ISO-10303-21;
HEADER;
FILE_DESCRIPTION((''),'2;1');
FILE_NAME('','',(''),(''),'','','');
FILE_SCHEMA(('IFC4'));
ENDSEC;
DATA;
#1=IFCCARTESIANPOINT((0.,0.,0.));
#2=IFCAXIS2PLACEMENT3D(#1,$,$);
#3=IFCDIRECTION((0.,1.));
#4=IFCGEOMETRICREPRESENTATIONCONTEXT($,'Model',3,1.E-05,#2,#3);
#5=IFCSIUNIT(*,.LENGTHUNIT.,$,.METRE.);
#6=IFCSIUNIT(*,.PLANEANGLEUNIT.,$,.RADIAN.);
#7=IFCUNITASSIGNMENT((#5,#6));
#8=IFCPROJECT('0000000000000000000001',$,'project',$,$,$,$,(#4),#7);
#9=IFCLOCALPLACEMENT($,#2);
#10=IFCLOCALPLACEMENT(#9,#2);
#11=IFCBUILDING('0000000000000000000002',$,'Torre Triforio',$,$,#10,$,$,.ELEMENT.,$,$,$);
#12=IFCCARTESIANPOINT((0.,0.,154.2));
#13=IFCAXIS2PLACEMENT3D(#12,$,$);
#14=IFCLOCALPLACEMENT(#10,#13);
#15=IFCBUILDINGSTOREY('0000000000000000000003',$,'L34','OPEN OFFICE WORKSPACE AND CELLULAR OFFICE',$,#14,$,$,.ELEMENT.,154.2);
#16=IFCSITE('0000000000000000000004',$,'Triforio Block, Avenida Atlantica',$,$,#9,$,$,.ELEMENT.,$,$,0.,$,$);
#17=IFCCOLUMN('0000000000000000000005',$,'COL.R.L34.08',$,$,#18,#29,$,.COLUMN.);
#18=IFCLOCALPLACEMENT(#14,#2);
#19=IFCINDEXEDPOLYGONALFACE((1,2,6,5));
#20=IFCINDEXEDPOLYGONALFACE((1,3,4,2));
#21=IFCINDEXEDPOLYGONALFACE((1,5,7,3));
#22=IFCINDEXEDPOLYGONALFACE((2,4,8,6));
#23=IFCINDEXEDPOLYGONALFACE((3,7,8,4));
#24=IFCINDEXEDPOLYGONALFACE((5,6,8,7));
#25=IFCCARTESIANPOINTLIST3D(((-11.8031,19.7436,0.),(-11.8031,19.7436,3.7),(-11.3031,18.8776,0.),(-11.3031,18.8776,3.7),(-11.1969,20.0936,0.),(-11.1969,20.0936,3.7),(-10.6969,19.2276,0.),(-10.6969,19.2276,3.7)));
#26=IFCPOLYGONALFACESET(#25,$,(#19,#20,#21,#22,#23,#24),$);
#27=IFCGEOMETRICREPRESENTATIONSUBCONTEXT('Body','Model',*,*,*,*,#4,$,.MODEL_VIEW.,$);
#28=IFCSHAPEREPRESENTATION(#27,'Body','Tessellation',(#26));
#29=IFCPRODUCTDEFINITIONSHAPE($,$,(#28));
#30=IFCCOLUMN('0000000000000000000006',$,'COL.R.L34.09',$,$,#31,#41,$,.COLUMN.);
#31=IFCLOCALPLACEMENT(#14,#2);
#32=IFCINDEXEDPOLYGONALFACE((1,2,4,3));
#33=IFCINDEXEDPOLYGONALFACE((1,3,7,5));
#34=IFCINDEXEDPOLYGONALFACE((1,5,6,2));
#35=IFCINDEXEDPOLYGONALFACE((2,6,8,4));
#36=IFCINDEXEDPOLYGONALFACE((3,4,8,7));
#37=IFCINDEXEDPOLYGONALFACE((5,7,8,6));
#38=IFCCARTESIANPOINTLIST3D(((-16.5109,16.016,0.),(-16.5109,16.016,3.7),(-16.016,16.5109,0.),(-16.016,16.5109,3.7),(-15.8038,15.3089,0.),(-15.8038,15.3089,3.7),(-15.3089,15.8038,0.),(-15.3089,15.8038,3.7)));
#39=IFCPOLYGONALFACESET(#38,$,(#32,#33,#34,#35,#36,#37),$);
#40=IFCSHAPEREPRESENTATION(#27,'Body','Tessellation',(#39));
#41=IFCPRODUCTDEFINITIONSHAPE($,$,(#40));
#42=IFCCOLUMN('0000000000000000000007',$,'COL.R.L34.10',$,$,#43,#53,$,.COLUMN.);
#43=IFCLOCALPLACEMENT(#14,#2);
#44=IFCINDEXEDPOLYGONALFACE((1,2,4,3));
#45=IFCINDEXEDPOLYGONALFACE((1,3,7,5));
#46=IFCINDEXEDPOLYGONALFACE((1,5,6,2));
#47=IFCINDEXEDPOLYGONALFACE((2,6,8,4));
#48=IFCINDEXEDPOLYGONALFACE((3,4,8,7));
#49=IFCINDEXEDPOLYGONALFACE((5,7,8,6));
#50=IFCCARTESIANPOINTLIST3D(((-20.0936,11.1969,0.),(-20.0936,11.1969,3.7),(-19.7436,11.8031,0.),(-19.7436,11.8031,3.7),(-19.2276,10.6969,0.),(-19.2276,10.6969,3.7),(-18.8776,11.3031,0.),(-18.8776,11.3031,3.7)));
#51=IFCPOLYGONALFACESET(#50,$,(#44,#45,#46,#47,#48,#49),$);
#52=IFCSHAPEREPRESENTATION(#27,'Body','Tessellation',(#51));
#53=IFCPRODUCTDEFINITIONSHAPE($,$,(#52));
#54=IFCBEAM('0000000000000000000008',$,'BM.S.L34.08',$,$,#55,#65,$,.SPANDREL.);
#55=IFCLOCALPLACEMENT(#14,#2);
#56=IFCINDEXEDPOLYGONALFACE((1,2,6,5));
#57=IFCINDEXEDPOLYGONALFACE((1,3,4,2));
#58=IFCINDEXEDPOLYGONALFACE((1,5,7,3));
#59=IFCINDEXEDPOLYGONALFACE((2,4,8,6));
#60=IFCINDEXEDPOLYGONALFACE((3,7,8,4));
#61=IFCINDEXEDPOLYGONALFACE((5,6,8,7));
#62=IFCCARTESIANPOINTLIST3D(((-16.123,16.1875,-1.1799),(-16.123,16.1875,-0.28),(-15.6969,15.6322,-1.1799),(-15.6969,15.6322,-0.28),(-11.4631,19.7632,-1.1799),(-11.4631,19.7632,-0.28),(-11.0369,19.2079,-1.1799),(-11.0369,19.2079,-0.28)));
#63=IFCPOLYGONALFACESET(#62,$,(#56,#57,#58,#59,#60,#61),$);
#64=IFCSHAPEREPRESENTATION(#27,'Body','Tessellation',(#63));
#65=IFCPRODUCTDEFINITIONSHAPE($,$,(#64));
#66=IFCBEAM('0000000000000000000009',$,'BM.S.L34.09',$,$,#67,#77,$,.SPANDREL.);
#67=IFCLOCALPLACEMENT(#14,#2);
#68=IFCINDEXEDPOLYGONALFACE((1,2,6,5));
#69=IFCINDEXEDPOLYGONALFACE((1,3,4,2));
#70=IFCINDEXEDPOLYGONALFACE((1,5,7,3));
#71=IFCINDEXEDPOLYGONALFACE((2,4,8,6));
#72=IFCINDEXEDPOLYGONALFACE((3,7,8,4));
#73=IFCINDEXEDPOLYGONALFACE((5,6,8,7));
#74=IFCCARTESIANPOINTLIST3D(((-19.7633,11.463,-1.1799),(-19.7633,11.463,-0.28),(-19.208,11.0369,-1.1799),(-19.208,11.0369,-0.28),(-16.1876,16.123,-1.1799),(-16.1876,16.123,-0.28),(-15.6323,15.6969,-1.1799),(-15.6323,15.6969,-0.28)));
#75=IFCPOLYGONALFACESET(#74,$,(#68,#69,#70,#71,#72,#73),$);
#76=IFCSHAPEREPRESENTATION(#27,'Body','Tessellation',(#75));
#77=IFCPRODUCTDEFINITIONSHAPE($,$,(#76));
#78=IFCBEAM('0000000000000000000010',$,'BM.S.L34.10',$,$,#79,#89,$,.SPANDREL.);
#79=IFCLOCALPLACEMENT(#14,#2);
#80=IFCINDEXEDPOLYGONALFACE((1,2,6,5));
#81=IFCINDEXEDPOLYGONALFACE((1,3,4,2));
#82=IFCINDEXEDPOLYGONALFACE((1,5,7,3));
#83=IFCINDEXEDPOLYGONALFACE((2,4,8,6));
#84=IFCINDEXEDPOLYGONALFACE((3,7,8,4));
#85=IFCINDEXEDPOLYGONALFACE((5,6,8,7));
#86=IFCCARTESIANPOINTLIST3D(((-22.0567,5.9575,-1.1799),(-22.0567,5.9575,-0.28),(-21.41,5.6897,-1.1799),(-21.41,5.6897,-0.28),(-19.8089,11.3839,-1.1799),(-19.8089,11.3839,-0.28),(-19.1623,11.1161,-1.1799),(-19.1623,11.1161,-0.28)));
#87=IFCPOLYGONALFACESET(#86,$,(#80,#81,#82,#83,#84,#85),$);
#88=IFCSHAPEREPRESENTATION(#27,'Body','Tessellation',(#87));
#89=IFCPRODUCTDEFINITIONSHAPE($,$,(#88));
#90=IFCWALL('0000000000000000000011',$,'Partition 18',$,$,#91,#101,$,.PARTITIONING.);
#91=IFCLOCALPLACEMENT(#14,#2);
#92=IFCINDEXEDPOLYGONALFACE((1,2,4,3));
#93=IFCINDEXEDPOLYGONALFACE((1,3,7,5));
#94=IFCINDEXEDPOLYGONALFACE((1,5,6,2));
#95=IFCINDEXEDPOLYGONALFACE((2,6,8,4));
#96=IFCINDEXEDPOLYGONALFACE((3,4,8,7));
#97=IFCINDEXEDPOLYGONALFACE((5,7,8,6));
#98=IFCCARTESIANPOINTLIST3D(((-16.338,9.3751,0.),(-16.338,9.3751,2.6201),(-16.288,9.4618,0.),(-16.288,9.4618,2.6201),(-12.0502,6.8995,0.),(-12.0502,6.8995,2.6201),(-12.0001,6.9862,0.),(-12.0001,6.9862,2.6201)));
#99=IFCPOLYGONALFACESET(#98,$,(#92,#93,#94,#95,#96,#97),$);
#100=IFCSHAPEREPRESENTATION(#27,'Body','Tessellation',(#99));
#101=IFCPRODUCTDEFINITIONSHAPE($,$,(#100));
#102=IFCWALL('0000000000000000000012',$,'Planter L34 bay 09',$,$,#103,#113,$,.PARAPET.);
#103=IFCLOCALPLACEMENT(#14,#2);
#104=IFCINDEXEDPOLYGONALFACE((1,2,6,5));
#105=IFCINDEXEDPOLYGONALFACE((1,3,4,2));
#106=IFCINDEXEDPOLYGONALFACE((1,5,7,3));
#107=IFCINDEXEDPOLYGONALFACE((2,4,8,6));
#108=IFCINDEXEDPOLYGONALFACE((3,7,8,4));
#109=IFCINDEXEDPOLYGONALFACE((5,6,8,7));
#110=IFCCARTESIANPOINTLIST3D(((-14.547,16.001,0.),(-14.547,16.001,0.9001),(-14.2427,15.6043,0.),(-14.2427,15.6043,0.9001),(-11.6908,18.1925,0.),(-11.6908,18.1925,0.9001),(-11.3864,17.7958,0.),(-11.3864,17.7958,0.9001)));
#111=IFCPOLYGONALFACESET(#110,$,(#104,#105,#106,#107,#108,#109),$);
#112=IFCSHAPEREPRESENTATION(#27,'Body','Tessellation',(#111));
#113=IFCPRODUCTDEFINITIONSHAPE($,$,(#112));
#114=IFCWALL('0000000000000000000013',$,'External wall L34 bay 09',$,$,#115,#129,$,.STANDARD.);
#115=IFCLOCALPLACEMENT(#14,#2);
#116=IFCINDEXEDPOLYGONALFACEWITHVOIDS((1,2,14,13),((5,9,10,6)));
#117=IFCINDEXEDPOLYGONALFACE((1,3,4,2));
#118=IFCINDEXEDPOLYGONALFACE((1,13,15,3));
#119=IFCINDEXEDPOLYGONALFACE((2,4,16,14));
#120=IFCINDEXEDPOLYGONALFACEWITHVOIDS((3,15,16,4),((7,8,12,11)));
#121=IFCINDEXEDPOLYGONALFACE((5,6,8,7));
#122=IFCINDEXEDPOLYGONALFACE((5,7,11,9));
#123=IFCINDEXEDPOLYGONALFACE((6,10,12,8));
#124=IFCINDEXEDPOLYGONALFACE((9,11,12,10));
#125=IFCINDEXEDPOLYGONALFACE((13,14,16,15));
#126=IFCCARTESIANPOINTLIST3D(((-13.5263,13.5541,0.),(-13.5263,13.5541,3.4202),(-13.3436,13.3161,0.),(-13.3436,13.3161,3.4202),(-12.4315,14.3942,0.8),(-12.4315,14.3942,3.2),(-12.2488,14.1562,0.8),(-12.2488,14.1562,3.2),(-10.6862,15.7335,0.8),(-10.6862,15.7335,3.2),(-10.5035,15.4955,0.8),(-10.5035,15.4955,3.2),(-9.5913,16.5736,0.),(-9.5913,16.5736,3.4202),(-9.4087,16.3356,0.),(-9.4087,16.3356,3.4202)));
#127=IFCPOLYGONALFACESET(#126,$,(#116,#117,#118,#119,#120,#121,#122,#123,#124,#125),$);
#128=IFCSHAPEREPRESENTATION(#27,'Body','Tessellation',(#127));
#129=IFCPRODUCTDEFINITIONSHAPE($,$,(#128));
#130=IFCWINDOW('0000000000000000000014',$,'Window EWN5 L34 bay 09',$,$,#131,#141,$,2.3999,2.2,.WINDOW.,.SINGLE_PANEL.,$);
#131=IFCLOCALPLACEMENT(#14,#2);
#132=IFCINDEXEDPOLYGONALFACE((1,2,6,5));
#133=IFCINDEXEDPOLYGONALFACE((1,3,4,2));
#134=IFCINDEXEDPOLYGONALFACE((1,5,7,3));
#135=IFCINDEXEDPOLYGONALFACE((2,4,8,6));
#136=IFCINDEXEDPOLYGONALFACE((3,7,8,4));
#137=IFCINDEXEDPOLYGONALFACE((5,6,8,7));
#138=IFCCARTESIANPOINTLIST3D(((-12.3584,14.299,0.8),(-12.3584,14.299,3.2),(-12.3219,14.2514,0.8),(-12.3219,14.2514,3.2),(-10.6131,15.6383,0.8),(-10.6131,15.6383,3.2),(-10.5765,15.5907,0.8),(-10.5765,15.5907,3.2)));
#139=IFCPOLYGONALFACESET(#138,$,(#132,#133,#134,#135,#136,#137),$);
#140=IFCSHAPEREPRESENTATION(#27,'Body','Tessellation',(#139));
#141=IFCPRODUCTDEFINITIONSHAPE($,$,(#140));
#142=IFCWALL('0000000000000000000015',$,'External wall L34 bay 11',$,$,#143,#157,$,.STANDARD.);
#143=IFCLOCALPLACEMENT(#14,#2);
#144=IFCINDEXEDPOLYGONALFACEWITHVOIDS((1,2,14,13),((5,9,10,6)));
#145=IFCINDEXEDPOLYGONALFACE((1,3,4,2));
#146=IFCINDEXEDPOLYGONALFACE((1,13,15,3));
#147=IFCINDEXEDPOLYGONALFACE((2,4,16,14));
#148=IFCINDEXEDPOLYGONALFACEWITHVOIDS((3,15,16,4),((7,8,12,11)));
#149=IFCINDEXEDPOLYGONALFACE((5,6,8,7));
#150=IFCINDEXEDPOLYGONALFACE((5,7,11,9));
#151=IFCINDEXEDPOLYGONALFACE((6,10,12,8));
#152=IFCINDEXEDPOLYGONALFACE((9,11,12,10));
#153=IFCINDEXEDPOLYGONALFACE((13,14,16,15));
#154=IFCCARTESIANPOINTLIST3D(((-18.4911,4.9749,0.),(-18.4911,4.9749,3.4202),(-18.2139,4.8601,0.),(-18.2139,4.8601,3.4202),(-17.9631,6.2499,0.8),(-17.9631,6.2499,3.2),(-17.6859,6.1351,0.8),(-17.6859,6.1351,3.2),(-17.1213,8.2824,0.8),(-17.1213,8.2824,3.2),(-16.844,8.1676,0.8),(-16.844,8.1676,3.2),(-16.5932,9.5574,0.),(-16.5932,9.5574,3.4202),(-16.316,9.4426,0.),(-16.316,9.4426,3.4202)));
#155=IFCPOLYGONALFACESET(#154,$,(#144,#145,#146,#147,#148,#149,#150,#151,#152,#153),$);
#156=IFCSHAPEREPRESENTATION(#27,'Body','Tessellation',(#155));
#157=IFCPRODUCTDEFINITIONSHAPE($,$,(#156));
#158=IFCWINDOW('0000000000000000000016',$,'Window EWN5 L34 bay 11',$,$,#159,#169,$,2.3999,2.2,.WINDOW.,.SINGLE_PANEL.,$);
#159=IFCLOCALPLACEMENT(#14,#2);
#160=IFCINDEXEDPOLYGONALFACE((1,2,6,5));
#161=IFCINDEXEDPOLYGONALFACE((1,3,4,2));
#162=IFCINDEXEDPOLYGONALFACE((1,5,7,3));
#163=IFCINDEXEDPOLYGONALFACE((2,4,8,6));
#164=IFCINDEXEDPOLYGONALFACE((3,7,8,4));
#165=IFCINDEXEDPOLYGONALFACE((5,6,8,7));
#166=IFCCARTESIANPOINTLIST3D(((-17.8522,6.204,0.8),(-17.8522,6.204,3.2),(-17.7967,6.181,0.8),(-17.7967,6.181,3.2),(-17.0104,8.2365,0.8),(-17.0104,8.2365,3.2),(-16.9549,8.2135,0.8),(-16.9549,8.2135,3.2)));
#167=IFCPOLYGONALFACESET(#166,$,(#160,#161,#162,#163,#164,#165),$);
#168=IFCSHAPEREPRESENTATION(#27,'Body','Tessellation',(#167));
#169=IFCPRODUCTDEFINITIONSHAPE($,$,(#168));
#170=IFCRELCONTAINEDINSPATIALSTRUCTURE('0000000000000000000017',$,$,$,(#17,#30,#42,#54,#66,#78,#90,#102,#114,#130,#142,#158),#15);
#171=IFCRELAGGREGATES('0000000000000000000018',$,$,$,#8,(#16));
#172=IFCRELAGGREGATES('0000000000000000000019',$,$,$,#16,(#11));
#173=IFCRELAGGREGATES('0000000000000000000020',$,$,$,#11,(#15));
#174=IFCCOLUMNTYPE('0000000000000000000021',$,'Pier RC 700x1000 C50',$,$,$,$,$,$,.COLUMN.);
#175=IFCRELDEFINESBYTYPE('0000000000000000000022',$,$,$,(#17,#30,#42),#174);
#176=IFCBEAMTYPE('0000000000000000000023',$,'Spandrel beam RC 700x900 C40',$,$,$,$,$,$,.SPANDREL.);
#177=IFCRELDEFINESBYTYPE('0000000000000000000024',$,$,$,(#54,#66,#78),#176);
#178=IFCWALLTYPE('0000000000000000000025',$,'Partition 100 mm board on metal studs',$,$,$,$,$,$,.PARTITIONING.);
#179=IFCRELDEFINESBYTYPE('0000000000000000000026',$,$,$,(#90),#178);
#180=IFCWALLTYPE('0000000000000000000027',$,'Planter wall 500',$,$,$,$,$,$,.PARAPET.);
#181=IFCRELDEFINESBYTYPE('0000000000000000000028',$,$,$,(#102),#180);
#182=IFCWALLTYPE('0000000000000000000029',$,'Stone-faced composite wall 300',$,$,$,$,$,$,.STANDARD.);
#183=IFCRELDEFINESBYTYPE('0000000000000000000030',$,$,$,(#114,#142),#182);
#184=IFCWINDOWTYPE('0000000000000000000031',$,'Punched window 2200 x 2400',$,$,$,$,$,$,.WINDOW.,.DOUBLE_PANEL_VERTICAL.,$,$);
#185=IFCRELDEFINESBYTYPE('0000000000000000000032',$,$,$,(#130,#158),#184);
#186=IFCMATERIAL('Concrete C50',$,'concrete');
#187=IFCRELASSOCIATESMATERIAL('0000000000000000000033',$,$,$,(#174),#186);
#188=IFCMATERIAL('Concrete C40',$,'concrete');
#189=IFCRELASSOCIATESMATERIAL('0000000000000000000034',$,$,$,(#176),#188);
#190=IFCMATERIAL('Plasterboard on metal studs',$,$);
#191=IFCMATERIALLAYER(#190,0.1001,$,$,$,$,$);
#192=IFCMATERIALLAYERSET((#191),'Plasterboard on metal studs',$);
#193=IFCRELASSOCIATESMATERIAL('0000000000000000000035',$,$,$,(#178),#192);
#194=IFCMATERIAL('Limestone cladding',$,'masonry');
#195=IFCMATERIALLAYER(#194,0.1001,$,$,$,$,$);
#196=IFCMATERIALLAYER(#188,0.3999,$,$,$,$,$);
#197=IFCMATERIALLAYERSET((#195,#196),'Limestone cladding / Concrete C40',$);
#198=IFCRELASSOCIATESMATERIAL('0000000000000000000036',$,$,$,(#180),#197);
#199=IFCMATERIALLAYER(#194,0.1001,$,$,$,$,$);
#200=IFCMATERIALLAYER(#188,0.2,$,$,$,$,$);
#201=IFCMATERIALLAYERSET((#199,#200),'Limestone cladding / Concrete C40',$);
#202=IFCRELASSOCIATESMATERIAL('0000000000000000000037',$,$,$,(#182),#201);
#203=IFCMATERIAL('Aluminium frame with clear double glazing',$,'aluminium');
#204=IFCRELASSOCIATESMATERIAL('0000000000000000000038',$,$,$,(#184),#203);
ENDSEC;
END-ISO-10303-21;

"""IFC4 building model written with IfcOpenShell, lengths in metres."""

from ifc_helpers import new_model, si_unit, direction, frame, frame_2d, origin, origin_2d, place, context, subcontext, project, spatial, rectangle, extrude, material, layer, layer_set, material_profile, profile_set, type_object, element, fill, save


model = new_model("IFC4")

# Units and contexts
model_context = context("Model", 3, precision=1e-05, world=origin(), true_north=direction((0.0, 1.0)))
body_context = subcontext(model_context, "Body", "Model", "MODEL_VIEW")
ifc_project = project(units=[si_unit("LENGTHUNIT", "METRE"), si_unit("PLANEANGLEUNIT", "RADIAN")], contexts=[model_context])

# Site, building, storey
site_placement = place(None, origin())
site = spatial("IfcSite", under=ifc_project, at=site_placement, Name="Triforio Block, Avenida Atlantica", CompositionType="ELEMENT", RefElevation=0.0)
building_placement = place(site_placement, origin())
building = spatial("IfcBuilding", under=site, at=building_placement, Name="Torre Triforio", CompositionType="ELEMENT")
storey_placement = place(building_placement, frame((0.0, 0.0, 154.2)))
storey = spatial("IfcBuildingStorey", under=building, at=storey_placement, Name="L34", Description="OPEN OFFICE WORKSPACE AND CELLULAR OFFICE", CompositionType="ELEMENT", Elevation=154.2)

# Columns
ifc_material_1 = material(Name="Concrete C50", Category="concrete")
ifc_material_profile_1 = material_profile(ifc_material_1, rectangle(XDim=0.7, YDim=1.0, at=origin_2d()), Name="RC 700x1000")
ifc_profile_set_1 = profile_set([ifc_material_profile_1], Name="Concrete C50")
column_type = type_object("IfcColumnType", Name="Pier RC 700x1000 C50", PredefinedType="COLUMN", material=ifc_profile_set_1)
for number, where, z_axis, x_axis, name in (
    (1, (-11.25, 19.4856, 0.0), (0.0, 0.0, 1.0), (-0.866025, -0.5, 0.0), "COL.R.L34.08"),
    (2, (-15.9099, 15.9099, 0.0), (0.0, 0.0, 1.0), (-0.707107, -0.707107, 0.0), "COL.R.L34.09"),
    (3, (-19.4856, 11.25, 0.0), (0.0, 0.0, 1.0), (-0.5, -0.866025, 0.0), "COL.R.L34.10"),
):
    element("IfcColumn", number, at=place(storey_placement, frame(where, z_axis=z_axis, x_axis=x_axis)), inside=storey, type_object=column_type, Name=name, PredefinedType="COLUMN", context=body_context, shape_type="SweptSolid", body=[
        extrude(rectangle(XDim=0.7, YDim=1.0, at=origin_2d()), origin(), (0.0, 0.0, 1.0), 3.7),
    ])

# Beams
ifc_material_2 = material(Name="Concrete C40", Category="concrete")
ifc_material_profile_2 = material_profile(ifc_material_2, rectangle(XDim=0.7, YDim=0.8999, at=origin_2d()), Name="RC 700x900")
ifc_profile_set_2 = profile_set([ifc_material_profile_2], Name="Concrete C40")
beam_type = type_object("IfcBeamType", Name="Spandrel beam RC 700x900 C40", PredefinedType="SPANDREL", material=ifc_profile_set_2)
for number, where, z_axis, x_axis, name in (
    (4, (-11.25, 19.4856, -0.73), (-0.793353, -0.608762, 0.0), (0.608762, -0.793353, 0.0), "BM.S.L34.08"),
    (5, (-15.9099, 15.9099, -0.73), (-0.608762, -0.793353, 0.0), (0.793353, -0.608762, 0.0), "BM.S.L34.09"),
):
    element("IfcBeam", number, at=place(storey_placement, frame(where, z_axis=z_axis, x_axis=x_axis)), inside=storey, type_object=beam_type, Name=name, PredefinedType="SPANDREL", context=body_context, shape_type="SweptSolid", body=[
        extrude(rectangle(XDim=0.7, YDim=0.8999, at=origin_2d()), origin(), (0.0, 0.0, 1.0), 5.8738),
    ])
beam_placement = place(storey_placement, frame((-19.4856, 11.25, -0.73), z_axis=(-0.382693, -0.923875, 0.0), x_axis=(0.923875, -0.382693, 0.0)))
element("IfcBeam", 6, at=beam_placement, inside=storey, type_object=beam_type, Name="BM.S.L34.10", PredefinedType="SPANDREL", context=body_context, shape_type="SweptSolid", body=[
    extrude(rectangle(XDim=0.7, YDim=0.8999, at=origin_2d()), origin(), (0.0, 0.0, 1.0), 5.8735),
])

# Walls
ifc_material_3 = material(Name="Plasterboard on metal studs")
ifc_layer_1 = layer(ifc_material_3, 0.1001)
ifc_layer_set_1 = layer_set([ifc_layer_1], Name="Plasterboard on metal studs")
wall_type_1 = type_object("IfcWallType", Name="Partition 100 mm board on metal studs", PredefinedType="PARTITIONING", material=ifc_layer_set_1)
wall_1_placement = place(storey_placement, frame((-12.0251, 6.9429, 0.0), z_axis=(0.0, 0.0, 1.0), x_axis=(-0.866025, 0.5, 0.0)))
element("IfcWall", 7, at=wall_1_placement, inside=storey, type_object=wall_type_1, Name="Partition 18", PredefinedType="PARTITIONING", context=body_context, shape_type="SweptSolid", body=[
    extrude(rectangle(XDim=4.9512, YDim=0.1001, at=frame_2d((2.4756, 0.0))), origin(), (0.0, 0.0, 1.0), 2.6201),
])
ifc_material_4 = material(Name="Limestone cladding", Category="masonry")
ifc_layer_2 = layer(ifc_material_4, 0.1001)
ifc_layer_3 = layer(ifc_material_2, 0.3999)
ifc_layer_set_2 = layer_set([ifc_layer_2, ifc_layer_3], Name="Limestone cladding / Concrete C40")
wall_type_2 = type_object("IfcWallType", Name="Planter wall 500", PredefinedType="PARAPET", material=ifc_layer_set_2)
wall_2_placement = place(storey_placement, frame((-11.5386, 17.9941, 0.0), z_axis=(0.0, 0.0, 1.0), x_axis=(-0.793385, -0.608721, 0.0)))
element("IfcWall", 8, at=wall_2_placement, inside=storey, type_object=wall_type_2, Name="Planter L34 bay 09", PredefinedType="PARAPET", context=body_context, shape_type="SweptSolid", body=[
    extrude(rectangle(XDim=3.6001, YDim=0.5, at=frame_2d((1.8, 0.0))), origin(), (0.0, 0.0, 1.0), 0.9001),
])

# Wall, opening, window
ifc_layer_4 = layer(ifc_material_4, 0.1001)
ifc_layer_5 = layer(ifc_material_2, 0.2)
ifc_layer_set_3 = layer_set([ifc_layer_4, ifc_layer_5], Name="Limestone cladding / Concrete C40")
wall_type_3 = type_object("IfcWallType", Name="Stone-faced composite wall 300", PredefinedType="STANDARD", material=ifc_layer_set_3)
wall_3_placement = place(storey_placement, frame((-9.5, 16.4546, 0.0), z_axis=(0.0, 0.0, 1.0), x_axis=(-0.793348, -0.608768, 0.0)))
wall_3 = element("IfcWall", 9, at=wall_3_placement, inside=storey, type_object=wall_type_3, Name="External wall L34 bay 09", PredefinedType="STANDARD", context=body_context, shape_type="SweptSolid", body=[
    extrude(rectangle(XDim=4.96, YDim=0.3, at=frame_2d((2.48, 0.0))), origin(), (0.0, 0.0, 1.0), 3.4202),
])
opening_1_placement = place(wall_3_placement, frame((1.3799, 0.0, 0.8)))
opening_1 = element("IfcOpeningElement", 10, at=opening_1_placement, cuts=wall_3, PredefinedType="OPENING", context=body_context, shape_type="SweptSolid", body=[
    extrude(rectangle(XDim=2.2, YDim=2.3999, at=frame_2d((1.1001, 1.2))), frame((0.0, 0.1599, 0.0), z_axis=(0.0, -1.0, 0.0), x_axis=(1.0, 0.0, 0.0)), (0.0, 0.0, 1.0), 0.3201),
])
ifc_material_5 = material(Name="Aluminium frame with clear double glazing", Category="aluminium")
window_type_1 = type_object("IfcWindowType", Name="Punched window 2200 x 2400", PartitioningType="DOUBLE_PANEL_VERTICAL", PredefinedType="WINDOW", material=ifc_material_5)
window_1_placement = place(opening_1_placement, origin())
window_1 = element("IfcWindow", 11, at=window_1_placement, inside=storey, type_object=window_type_1, Name="Window EWN5 L34 bay 09", OverallHeight=2.3999, OverallWidth=2.2, PartitioningType="SINGLE_PANEL", PredefinedType="WINDOW", context=body_context, shape_type="SweptSolid", body=[
    extrude(rectangle(XDim=2.2, YDim=2.3999, at=frame_2d((1.1001, 1.2))), frame((0.0, 0.03, 0.0), z_axis=(0.0, -1.0, 0.0), x_axis=(1.0, 0.0, 0.0)), (0.0, 0.0, 1.0), 0.0601),
])
fill(opening_1, window_1)

# Wall, opening, window
wall_4_placement = place(storey_placement, frame((-16.4546, 9.5, 0.0), z_axis=(0.0, 0.0, 1.0), x_axis=(-0.38265, -0.923893, 0.0)))
wall_4 = element("IfcWall", 12, at=wall_4_placement, inside=storey, type_object=wall_type_3, Name="External wall L34 bay 11", PredefinedType="STANDARD", context=body_context, shape_type="SweptSolid", body=[
    extrude(rectangle(XDim=4.96, YDim=0.3, at=frame_2d((2.48, 0.0))), origin(), (0.0, 0.0, 1.0), 3.4202),
])
opening_2_placement = place(wall_4_placement, frame((1.3799, 0.0, 0.8)))
opening_2 = element("IfcOpeningElement", 13, at=opening_2_placement, cuts=wall_4, PredefinedType="OPENING", context=body_context, shape_type="SweptSolid", body=[
    extrude(rectangle(XDim=2.2, YDim=2.3999, at=frame_2d((1.1001, 1.2))), frame((0.0, 0.1599, 0.0), z_axis=(0.0, -1.0, 0.0), x_axis=(1.0, 0.0, 0.0)), (0.0, 0.0, 1.0), 0.3201),
])
window_2_placement = place(opening_2_placement, origin())
window_2 = element("IfcWindow", 14, at=window_2_placement, inside=storey, type_object=window_type_1, Name="Window EWN5 L34 bay 11", OverallHeight=2.3999, OverallWidth=2.2, PartitioningType="SINGLE_PANEL", PredefinedType="WINDOW", context=body_context, shape_type="SweptSolid", body=[
    extrude(rectangle(XDim=2.2, YDim=2.3999, at=frame_2d((1.1001, 1.2))), frame((0.0, 0.03, 0.0), z_axis=(0.0, -1.0, 0.0), x_axis=(1.0, 0.0, 0.0)), (0.0, 0.0, 1.0), 0.0601),
])
fill(opening_2, window_2)

save(model, "model.ifc")
